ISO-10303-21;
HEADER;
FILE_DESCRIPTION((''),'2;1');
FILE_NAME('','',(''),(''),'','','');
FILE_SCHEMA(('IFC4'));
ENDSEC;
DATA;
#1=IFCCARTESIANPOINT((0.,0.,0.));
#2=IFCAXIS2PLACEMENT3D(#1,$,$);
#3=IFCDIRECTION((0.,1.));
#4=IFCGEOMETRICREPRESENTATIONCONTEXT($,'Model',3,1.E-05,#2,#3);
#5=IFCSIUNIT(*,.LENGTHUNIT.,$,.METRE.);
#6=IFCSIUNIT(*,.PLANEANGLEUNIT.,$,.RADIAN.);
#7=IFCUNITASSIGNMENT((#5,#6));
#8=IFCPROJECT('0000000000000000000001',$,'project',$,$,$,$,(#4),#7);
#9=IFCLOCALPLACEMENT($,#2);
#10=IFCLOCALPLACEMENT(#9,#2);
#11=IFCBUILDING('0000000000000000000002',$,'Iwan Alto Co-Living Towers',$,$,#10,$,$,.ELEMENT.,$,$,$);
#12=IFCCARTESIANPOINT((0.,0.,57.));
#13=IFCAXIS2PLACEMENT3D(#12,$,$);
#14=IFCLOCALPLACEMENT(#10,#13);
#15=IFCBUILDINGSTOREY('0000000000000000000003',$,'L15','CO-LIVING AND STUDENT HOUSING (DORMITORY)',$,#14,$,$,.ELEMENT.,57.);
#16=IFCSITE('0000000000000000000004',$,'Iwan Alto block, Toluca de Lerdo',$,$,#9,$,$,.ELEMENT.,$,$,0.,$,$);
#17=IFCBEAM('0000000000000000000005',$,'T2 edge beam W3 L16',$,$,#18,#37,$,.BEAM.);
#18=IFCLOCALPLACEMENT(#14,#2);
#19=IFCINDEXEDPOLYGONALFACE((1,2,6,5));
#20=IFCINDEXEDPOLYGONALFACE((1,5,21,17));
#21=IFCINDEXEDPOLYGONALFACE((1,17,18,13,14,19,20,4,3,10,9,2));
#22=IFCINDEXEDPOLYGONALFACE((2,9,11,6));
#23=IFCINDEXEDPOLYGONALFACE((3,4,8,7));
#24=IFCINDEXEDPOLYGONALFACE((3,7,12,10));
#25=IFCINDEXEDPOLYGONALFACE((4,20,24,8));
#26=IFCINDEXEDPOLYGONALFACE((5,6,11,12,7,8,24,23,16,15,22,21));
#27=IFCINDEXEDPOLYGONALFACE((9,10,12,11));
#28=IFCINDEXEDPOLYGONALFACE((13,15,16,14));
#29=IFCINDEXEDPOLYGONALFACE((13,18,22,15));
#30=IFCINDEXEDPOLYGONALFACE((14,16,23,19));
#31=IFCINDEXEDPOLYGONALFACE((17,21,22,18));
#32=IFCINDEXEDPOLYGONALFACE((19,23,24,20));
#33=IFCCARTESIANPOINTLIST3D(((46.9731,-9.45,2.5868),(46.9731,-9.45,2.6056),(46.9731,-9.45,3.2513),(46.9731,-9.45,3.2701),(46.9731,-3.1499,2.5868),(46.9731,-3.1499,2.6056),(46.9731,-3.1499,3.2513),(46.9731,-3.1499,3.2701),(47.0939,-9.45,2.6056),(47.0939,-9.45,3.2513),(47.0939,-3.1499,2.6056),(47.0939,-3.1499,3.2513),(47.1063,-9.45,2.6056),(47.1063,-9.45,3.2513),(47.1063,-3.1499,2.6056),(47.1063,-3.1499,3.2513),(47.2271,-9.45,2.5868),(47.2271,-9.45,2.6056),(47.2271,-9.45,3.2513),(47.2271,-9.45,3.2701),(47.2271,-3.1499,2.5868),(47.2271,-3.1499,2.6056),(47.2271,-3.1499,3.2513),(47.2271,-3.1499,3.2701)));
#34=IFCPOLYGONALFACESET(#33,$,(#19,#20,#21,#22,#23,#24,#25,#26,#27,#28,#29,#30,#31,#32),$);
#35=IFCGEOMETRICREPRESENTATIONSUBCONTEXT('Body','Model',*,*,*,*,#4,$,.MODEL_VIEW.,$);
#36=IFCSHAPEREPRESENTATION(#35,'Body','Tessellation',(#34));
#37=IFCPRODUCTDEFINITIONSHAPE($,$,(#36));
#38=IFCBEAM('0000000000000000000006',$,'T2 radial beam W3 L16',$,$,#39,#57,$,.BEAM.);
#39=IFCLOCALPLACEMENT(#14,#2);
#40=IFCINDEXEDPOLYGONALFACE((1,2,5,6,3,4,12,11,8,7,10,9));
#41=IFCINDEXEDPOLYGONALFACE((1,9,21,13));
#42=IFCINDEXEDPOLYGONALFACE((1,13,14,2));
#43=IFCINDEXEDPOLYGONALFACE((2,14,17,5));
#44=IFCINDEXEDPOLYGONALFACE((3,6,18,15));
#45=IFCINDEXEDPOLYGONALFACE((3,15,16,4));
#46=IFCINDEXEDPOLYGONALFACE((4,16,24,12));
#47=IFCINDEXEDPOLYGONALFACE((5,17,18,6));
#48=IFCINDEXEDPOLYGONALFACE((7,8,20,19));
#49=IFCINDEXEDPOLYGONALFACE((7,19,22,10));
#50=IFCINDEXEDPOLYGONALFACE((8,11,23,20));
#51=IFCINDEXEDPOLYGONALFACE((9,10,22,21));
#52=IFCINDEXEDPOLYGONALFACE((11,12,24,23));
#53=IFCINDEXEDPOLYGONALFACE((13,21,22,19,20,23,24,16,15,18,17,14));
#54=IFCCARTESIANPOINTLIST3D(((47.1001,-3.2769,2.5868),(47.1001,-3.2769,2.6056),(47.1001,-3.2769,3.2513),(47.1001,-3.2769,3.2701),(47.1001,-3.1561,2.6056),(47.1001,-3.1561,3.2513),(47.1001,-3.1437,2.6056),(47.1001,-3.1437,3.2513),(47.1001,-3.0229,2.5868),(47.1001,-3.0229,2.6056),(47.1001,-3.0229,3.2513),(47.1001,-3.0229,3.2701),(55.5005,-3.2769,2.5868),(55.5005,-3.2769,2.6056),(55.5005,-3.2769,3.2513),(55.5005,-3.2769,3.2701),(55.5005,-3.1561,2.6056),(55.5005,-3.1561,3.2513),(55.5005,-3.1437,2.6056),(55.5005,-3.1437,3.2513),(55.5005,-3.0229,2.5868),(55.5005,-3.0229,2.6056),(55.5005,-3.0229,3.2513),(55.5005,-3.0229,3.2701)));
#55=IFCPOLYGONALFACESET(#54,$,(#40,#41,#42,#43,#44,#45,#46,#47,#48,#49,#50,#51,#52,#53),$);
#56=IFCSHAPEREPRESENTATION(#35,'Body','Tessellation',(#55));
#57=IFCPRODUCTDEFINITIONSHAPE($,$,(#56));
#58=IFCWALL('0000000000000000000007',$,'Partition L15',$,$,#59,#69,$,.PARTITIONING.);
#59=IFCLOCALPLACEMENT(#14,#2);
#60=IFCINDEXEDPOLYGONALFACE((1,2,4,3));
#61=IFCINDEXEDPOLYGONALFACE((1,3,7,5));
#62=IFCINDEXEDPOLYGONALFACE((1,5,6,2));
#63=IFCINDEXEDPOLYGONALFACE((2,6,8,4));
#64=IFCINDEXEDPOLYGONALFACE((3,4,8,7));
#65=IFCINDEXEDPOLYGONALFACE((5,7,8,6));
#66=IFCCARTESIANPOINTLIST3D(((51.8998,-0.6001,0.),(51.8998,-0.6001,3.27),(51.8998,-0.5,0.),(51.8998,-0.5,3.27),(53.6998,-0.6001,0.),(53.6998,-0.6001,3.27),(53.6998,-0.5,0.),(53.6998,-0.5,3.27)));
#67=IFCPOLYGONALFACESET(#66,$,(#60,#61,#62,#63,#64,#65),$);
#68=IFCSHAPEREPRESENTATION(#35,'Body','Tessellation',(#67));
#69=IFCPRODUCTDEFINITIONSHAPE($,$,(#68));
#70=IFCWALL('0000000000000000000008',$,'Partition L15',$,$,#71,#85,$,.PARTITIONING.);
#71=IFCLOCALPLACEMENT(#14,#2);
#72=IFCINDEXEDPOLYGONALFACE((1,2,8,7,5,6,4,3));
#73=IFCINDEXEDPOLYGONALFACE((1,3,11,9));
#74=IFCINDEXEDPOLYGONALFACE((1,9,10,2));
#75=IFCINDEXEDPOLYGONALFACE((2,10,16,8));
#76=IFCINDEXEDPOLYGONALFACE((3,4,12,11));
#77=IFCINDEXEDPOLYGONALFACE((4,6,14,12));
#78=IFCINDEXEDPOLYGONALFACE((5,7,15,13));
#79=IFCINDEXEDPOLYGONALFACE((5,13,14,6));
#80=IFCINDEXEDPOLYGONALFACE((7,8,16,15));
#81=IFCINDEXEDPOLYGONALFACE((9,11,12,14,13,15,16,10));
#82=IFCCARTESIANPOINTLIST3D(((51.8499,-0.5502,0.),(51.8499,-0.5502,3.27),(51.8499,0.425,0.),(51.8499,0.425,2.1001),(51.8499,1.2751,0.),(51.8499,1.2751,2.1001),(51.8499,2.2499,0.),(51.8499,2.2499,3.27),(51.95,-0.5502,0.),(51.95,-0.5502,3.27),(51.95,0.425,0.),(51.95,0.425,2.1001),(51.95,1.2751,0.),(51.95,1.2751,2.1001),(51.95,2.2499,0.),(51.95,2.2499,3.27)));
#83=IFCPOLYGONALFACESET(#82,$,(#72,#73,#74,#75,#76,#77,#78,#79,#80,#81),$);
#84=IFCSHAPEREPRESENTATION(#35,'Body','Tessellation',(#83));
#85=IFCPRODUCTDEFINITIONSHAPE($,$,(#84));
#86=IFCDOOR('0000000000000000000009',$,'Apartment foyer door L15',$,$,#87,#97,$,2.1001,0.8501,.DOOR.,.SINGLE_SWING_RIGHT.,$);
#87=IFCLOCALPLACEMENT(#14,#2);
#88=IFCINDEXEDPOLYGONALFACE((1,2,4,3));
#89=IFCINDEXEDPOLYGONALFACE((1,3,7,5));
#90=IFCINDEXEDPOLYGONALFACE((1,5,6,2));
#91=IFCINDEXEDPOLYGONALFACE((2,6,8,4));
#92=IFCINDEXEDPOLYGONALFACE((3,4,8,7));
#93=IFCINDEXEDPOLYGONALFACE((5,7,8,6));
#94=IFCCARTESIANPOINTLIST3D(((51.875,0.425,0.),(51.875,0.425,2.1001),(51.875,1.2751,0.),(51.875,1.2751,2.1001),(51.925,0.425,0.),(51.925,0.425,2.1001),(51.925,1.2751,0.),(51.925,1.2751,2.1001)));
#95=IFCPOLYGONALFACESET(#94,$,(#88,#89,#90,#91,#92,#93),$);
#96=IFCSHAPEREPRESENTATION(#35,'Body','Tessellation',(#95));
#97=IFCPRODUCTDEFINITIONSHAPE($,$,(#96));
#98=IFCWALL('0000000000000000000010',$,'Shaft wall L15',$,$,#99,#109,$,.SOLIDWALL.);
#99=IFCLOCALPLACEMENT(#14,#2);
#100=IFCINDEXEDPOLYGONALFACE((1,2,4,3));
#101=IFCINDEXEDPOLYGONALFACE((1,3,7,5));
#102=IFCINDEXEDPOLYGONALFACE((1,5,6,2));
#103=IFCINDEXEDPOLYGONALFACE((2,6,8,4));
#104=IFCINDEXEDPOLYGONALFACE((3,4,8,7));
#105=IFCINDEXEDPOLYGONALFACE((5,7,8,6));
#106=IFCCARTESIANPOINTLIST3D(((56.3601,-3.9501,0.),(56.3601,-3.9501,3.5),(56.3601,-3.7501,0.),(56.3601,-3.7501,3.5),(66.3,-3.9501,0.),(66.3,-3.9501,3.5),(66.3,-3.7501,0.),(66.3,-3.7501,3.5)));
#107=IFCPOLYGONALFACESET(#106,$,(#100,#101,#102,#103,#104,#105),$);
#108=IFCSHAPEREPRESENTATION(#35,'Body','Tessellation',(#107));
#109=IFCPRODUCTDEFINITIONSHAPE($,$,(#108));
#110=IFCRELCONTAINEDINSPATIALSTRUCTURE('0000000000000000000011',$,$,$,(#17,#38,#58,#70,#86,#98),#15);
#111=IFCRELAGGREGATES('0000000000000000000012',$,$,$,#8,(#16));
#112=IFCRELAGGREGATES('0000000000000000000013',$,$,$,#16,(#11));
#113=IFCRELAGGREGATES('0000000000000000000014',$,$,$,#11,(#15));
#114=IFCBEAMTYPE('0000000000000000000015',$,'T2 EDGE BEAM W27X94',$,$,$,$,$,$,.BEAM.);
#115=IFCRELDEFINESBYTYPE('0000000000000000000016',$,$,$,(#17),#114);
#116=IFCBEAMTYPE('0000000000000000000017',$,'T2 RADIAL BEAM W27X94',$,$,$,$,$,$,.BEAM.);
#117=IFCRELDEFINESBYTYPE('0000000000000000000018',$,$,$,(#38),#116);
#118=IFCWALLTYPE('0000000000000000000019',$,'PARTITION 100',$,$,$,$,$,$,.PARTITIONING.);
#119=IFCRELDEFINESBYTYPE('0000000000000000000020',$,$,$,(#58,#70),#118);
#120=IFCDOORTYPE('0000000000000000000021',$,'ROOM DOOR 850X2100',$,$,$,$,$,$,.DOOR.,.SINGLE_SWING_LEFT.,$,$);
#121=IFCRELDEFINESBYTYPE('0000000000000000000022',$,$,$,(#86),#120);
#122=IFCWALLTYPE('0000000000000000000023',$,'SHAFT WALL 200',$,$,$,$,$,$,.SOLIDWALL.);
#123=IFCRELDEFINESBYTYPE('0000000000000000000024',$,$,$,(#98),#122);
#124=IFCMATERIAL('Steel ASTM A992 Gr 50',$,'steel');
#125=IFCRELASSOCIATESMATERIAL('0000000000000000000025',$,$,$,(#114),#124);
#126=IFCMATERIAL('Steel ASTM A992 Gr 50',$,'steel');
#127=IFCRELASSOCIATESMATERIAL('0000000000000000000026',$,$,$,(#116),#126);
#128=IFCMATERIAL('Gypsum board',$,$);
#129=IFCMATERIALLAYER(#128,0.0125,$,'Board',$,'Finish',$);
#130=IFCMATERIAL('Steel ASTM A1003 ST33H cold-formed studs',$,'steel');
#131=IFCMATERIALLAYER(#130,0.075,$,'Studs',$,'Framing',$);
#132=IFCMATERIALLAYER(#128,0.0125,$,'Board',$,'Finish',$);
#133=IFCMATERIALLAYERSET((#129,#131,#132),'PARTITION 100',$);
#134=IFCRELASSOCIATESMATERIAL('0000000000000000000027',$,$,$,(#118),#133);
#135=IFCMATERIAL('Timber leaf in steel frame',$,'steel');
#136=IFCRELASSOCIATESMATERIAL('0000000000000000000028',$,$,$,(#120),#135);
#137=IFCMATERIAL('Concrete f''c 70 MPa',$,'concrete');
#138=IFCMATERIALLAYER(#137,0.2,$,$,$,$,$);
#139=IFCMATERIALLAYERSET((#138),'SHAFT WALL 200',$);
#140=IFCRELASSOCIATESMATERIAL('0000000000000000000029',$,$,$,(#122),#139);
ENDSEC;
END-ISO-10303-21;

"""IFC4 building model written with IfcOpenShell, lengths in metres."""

from ifc_helpers import new_model, si_unit, direction, frame, frame_2d, origin, origin_2d, place, context, subcontext, project, spatial, rectangle, i_section, extrude, material, layer, layer_set, material_profile, profile_set, type_object, element, fill, save


model = new_model("IFC4")

# Units and contexts
model_context = context("Model", 3, precision=1e-05, world=origin(), true_north=direction((0.0, 1.0)))
body_context = subcontext(model_context, "Body", "Model", "MODEL_VIEW")
ifc_project = project(units=[si_unit("LENGTHUNIT", "METRE"), si_unit("PLANEANGLEUNIT", "RADIAN")], contexts=[model_context])

# Site, building, storey
site_placement = place(None, origin())
site = spatial("IfcSite", under=ifc_project, at=site_placement, Name="Iwan Alto block, Toluca de Lerdo", CompositionType="ELEMENT", RefElevation=0.0)
building_placement = place(site_placement, origin())
building = spatial("IfcBuilding", under=site, at=building_placement, Name="Iwan Alto Co-Living Towers", CompositionType="ELEMENT")
storey_placement = place(building_placement, frame((0.0, 0.0, 57.0)))
storey = spatial("IfcBuildingStorey", under=building, at=storey_placement, Name="L15", Description="CO-LIVING AND STUDENT HOUSING (DORMITORY)", CompositionType="ELEMENT", Elevation=57.0)

# Beams
ifc_material_1 = material(Name="Steel ASTM A992 Gr 50", Category="steel")
ifc_material_profile_1 = material_profile(ifc_material_1, i_section(OverallWidth=0.2539, OverallDepth=0.6833, WebThickness=0.0125, FlangeThickness=0.0188, at=origin_2d()), Name="W27X94")
ifc_profile_set_1 = profile_set([ifc_material_profile_1], Name="Steel ASTM A992 Gr 50")
beam_type_1 = type_object("IfcBeamType", Name="T2 EDGE BEAM W27X94", PredefinedType="BEAM", material=ifc_profile_set_1)
beam_1_placement = place(storey_placement, frame((47.1001, -3.1499, 2.9285), z_axis=(0.0, -1.0, 0.0), x_axis=(1.0, 0.0, 0.0)))
element("IfcBeam", 1, at=beam_1_placement, inside=storey, type_object=beam_type_1, Name="T2 edge beam W3 L16", PredefinedType="BEAM", context=body_context, shape_type="SweptSolid", body=[
    extrude(i_section(OverallWidth=0.2539, OverallDepth=0.6833, WebThickness=0.0125, FlangeThickness=0.0188, at=origin_2d()), origin(), (0.0, 0.0, 1.0), 6.3),
])
ifc_material_2 = material(Name="Steel ASTM A992 Gr 50", Category="steel")
ifc_material_profile_2 = material_profile(ifc_material_2, i_section(OverallWidth=0.2539, OverallDepth=0.6833, WebThickness=0.0125, FlangeThickness=0.0188, at=origin_2d()), Name="W27X94")
ifc_profile_set_2 = profile_set([ifc_material_profile_2], Name="Steel ASTM A992 Gr 50")
beam_type_2 = type_object("IfcBeamType", Name="T2 RADIAL BEAM W27X94", PredefinedType="BEAM", material=ifc_profile_set_2)
beam_2_placement = place(storey_placement, frame((47.1001, -3.1499, 2.9285), z_axis=(1.0, 0.0, 0.0), x_axis=(0.0, 1.0, 0.0)))
element("IfcBeam", 2, at=beam_2_placement, inside=storey, type_object=beam_type_2, Name="T2 radial beam W3 L16", PredefinedType="BEAM", context=body_context, shape_type="SweptSolid", body=[
    extrude(i_section(OverallWidth=0.2539, OverallDepth=0.6833, WebThickness=0.0125, FlangeThickness=0.0188, at=origin_2d()), origin(), (0.0, 0.0, 1.0), 8.4004),
])

# Wall
ifc_material_3 = material(Name="Gypsum board")
ifc_layer_1 = layer(ifc_material_3, 0.0125, Name="Board", Category="Finish")
ifc_material_4 = material(Name="Steel ASTM A1003 ST33H cold-formed studs", Category="steel")
ifc_layer_2 = layer(ifc_material_4, 0.075, Name="Studs", Category="Framing")
ifc_layer_3 = layer(ifc_material_3, 0.0125, Name="Board", Category="Finish")
ifc_layer_set_1 = layer_set([ifc_layer_1, ifc_layer_2, ifc_layer_3], Name="PARTITION 100")
wall_type_1 = type_object("IfcWallType", Name="PARTITION 100", PredefinedType="PARTITIONING", material=ifc_layer_set_1)
wall_1_placement = place(storey_placement, frame((51.8999, -0.55, 0.0), z_axis=(0.0, 0.0, 1.0), x_axis=(1.0, 0.0, 0.0)))
element("IfcWall", 3, at=wall_1_placement, inside=storey, type_object=wall_type_1, Name="Partition L15", PredefinedType="PARTITIONING", context=body_context, shape_type="SweptSolid", body=[
    extrude(rectangle(XDim=1.8, YDim=0.1001, at=frame_2d((0.8999, 0.0))), origin(), (0.0, 0.0, 1.0), 3.27),
])

# Wall, opening, door
wall_2_placement = place(storey_placement, frame((51.8999, -0.55, 0.0), z_axis=(0.0, 0.0, 1.0), x_axis=(0.0, 1.0, 0.0)))
wall_2 = element("IfcWall", 4, at=wall_2_placement, inside=storey, type_object=wall_type_1, Name="Partition L15", PredefinedType="PARTITIONING", context=body_context, shape_type="SweptSolid", body=[
    extrude(rectangle(XDim=2.8, YDim=0.1001, at=frame_2d((1.3999, 0.0))), origin(), (0.0, 0.0, 1.0), 3.27),
])
opening_1_placement = place(wall_2_placement, frame((0.9751, 0.0, 0.0)))
opening_1 = element("IfcOpeningElement", 5, at=opening_1_placement, cuts=wall_2, PredefinedType="OPENING", context=body_context, shape_type="SweptSolid", body=[
    extrude(rectangle(XDim=0.8501, YDim=2.1001, at=frame_2d((0.425, 1.05))), frame((0.0, 0.0601, 0.0), z_axis=(0.0, -1.0, 0.0), x_axis=(1.0, 0.0, 0.0)), (0.0, 0.0, 1.0), 0.1201),
])
ifc_material_5 = material(Name="Timber leaf in steel frame", Category="steel")
door_type_1 = type_object("IfcDoorType", Name="ROOM DOOR 850X2100", OperationType="SINGLE_SWING_LEFT", PredefinedType="DOOR", material=ifc_material_5)
door_1_placement = place(opening_1_placement, origin())
door_1 = element("IfcDoor", 6, at=door_1_placement, inside=storey, type_object=door_type_1, Name="Apartment foyer door L15", OperationType="SINGLE_SWING_RIGHT", OverallHeight=2.1001, OverallWidth=0.8501, PredefinedType="DOOR", context=body_context, shape_type="SweptSolid", body=[
    extrude(rectangle(XDim=0.8501, YDim=2.1001, at=frame_2d((0.425, 1.05))), frame((0.0, 0.0249, 0.0), z_axis=(0.0, -1.0, 0.0), x_axis=(1.0, 0.0, 0.0)), (0.0, 0.0, 1.0), 0.05),
])
fill(opening_1, door_1)

# Wall
ifc_material_6 = material(Name="Concrete f'c 70 MPa", Category="concrete")
ifc_layer_4 = layer(ifc_material_6, 0.2)
ifc_layer_set_2 = layer_set([ifc_layer_4], Name="SHAFT WALL 200")
wall_type_2 = type_object("IfcWallType", Name="SHAFT WALL 200", PredefinedType="SOLIDWALL", material=ifc_layer_set_2)
wall_3_placement = place(storey_placement, frame((56.3601, -3.8501, 0.0), z_axis=(0.0, 0.0, 1.0), x_axis=(1.0, 0.0, 0.0)))
element("IfcWall", 7, at=wall_3_placement, inside=storey, type_object=wall_type_2, Name="Shaft wall L15", PredefinedType="SOLIDWALL", context=body_context, shape_type="SweptSolid", body=[
    extrude(rectangle(XDim=9.9399, YDim=0.2, at=frame_2d((4.97, 0.0))), origin(), (0.0, 0.0, 1.0), 3.5),
])

save(model, "model.ifc")
